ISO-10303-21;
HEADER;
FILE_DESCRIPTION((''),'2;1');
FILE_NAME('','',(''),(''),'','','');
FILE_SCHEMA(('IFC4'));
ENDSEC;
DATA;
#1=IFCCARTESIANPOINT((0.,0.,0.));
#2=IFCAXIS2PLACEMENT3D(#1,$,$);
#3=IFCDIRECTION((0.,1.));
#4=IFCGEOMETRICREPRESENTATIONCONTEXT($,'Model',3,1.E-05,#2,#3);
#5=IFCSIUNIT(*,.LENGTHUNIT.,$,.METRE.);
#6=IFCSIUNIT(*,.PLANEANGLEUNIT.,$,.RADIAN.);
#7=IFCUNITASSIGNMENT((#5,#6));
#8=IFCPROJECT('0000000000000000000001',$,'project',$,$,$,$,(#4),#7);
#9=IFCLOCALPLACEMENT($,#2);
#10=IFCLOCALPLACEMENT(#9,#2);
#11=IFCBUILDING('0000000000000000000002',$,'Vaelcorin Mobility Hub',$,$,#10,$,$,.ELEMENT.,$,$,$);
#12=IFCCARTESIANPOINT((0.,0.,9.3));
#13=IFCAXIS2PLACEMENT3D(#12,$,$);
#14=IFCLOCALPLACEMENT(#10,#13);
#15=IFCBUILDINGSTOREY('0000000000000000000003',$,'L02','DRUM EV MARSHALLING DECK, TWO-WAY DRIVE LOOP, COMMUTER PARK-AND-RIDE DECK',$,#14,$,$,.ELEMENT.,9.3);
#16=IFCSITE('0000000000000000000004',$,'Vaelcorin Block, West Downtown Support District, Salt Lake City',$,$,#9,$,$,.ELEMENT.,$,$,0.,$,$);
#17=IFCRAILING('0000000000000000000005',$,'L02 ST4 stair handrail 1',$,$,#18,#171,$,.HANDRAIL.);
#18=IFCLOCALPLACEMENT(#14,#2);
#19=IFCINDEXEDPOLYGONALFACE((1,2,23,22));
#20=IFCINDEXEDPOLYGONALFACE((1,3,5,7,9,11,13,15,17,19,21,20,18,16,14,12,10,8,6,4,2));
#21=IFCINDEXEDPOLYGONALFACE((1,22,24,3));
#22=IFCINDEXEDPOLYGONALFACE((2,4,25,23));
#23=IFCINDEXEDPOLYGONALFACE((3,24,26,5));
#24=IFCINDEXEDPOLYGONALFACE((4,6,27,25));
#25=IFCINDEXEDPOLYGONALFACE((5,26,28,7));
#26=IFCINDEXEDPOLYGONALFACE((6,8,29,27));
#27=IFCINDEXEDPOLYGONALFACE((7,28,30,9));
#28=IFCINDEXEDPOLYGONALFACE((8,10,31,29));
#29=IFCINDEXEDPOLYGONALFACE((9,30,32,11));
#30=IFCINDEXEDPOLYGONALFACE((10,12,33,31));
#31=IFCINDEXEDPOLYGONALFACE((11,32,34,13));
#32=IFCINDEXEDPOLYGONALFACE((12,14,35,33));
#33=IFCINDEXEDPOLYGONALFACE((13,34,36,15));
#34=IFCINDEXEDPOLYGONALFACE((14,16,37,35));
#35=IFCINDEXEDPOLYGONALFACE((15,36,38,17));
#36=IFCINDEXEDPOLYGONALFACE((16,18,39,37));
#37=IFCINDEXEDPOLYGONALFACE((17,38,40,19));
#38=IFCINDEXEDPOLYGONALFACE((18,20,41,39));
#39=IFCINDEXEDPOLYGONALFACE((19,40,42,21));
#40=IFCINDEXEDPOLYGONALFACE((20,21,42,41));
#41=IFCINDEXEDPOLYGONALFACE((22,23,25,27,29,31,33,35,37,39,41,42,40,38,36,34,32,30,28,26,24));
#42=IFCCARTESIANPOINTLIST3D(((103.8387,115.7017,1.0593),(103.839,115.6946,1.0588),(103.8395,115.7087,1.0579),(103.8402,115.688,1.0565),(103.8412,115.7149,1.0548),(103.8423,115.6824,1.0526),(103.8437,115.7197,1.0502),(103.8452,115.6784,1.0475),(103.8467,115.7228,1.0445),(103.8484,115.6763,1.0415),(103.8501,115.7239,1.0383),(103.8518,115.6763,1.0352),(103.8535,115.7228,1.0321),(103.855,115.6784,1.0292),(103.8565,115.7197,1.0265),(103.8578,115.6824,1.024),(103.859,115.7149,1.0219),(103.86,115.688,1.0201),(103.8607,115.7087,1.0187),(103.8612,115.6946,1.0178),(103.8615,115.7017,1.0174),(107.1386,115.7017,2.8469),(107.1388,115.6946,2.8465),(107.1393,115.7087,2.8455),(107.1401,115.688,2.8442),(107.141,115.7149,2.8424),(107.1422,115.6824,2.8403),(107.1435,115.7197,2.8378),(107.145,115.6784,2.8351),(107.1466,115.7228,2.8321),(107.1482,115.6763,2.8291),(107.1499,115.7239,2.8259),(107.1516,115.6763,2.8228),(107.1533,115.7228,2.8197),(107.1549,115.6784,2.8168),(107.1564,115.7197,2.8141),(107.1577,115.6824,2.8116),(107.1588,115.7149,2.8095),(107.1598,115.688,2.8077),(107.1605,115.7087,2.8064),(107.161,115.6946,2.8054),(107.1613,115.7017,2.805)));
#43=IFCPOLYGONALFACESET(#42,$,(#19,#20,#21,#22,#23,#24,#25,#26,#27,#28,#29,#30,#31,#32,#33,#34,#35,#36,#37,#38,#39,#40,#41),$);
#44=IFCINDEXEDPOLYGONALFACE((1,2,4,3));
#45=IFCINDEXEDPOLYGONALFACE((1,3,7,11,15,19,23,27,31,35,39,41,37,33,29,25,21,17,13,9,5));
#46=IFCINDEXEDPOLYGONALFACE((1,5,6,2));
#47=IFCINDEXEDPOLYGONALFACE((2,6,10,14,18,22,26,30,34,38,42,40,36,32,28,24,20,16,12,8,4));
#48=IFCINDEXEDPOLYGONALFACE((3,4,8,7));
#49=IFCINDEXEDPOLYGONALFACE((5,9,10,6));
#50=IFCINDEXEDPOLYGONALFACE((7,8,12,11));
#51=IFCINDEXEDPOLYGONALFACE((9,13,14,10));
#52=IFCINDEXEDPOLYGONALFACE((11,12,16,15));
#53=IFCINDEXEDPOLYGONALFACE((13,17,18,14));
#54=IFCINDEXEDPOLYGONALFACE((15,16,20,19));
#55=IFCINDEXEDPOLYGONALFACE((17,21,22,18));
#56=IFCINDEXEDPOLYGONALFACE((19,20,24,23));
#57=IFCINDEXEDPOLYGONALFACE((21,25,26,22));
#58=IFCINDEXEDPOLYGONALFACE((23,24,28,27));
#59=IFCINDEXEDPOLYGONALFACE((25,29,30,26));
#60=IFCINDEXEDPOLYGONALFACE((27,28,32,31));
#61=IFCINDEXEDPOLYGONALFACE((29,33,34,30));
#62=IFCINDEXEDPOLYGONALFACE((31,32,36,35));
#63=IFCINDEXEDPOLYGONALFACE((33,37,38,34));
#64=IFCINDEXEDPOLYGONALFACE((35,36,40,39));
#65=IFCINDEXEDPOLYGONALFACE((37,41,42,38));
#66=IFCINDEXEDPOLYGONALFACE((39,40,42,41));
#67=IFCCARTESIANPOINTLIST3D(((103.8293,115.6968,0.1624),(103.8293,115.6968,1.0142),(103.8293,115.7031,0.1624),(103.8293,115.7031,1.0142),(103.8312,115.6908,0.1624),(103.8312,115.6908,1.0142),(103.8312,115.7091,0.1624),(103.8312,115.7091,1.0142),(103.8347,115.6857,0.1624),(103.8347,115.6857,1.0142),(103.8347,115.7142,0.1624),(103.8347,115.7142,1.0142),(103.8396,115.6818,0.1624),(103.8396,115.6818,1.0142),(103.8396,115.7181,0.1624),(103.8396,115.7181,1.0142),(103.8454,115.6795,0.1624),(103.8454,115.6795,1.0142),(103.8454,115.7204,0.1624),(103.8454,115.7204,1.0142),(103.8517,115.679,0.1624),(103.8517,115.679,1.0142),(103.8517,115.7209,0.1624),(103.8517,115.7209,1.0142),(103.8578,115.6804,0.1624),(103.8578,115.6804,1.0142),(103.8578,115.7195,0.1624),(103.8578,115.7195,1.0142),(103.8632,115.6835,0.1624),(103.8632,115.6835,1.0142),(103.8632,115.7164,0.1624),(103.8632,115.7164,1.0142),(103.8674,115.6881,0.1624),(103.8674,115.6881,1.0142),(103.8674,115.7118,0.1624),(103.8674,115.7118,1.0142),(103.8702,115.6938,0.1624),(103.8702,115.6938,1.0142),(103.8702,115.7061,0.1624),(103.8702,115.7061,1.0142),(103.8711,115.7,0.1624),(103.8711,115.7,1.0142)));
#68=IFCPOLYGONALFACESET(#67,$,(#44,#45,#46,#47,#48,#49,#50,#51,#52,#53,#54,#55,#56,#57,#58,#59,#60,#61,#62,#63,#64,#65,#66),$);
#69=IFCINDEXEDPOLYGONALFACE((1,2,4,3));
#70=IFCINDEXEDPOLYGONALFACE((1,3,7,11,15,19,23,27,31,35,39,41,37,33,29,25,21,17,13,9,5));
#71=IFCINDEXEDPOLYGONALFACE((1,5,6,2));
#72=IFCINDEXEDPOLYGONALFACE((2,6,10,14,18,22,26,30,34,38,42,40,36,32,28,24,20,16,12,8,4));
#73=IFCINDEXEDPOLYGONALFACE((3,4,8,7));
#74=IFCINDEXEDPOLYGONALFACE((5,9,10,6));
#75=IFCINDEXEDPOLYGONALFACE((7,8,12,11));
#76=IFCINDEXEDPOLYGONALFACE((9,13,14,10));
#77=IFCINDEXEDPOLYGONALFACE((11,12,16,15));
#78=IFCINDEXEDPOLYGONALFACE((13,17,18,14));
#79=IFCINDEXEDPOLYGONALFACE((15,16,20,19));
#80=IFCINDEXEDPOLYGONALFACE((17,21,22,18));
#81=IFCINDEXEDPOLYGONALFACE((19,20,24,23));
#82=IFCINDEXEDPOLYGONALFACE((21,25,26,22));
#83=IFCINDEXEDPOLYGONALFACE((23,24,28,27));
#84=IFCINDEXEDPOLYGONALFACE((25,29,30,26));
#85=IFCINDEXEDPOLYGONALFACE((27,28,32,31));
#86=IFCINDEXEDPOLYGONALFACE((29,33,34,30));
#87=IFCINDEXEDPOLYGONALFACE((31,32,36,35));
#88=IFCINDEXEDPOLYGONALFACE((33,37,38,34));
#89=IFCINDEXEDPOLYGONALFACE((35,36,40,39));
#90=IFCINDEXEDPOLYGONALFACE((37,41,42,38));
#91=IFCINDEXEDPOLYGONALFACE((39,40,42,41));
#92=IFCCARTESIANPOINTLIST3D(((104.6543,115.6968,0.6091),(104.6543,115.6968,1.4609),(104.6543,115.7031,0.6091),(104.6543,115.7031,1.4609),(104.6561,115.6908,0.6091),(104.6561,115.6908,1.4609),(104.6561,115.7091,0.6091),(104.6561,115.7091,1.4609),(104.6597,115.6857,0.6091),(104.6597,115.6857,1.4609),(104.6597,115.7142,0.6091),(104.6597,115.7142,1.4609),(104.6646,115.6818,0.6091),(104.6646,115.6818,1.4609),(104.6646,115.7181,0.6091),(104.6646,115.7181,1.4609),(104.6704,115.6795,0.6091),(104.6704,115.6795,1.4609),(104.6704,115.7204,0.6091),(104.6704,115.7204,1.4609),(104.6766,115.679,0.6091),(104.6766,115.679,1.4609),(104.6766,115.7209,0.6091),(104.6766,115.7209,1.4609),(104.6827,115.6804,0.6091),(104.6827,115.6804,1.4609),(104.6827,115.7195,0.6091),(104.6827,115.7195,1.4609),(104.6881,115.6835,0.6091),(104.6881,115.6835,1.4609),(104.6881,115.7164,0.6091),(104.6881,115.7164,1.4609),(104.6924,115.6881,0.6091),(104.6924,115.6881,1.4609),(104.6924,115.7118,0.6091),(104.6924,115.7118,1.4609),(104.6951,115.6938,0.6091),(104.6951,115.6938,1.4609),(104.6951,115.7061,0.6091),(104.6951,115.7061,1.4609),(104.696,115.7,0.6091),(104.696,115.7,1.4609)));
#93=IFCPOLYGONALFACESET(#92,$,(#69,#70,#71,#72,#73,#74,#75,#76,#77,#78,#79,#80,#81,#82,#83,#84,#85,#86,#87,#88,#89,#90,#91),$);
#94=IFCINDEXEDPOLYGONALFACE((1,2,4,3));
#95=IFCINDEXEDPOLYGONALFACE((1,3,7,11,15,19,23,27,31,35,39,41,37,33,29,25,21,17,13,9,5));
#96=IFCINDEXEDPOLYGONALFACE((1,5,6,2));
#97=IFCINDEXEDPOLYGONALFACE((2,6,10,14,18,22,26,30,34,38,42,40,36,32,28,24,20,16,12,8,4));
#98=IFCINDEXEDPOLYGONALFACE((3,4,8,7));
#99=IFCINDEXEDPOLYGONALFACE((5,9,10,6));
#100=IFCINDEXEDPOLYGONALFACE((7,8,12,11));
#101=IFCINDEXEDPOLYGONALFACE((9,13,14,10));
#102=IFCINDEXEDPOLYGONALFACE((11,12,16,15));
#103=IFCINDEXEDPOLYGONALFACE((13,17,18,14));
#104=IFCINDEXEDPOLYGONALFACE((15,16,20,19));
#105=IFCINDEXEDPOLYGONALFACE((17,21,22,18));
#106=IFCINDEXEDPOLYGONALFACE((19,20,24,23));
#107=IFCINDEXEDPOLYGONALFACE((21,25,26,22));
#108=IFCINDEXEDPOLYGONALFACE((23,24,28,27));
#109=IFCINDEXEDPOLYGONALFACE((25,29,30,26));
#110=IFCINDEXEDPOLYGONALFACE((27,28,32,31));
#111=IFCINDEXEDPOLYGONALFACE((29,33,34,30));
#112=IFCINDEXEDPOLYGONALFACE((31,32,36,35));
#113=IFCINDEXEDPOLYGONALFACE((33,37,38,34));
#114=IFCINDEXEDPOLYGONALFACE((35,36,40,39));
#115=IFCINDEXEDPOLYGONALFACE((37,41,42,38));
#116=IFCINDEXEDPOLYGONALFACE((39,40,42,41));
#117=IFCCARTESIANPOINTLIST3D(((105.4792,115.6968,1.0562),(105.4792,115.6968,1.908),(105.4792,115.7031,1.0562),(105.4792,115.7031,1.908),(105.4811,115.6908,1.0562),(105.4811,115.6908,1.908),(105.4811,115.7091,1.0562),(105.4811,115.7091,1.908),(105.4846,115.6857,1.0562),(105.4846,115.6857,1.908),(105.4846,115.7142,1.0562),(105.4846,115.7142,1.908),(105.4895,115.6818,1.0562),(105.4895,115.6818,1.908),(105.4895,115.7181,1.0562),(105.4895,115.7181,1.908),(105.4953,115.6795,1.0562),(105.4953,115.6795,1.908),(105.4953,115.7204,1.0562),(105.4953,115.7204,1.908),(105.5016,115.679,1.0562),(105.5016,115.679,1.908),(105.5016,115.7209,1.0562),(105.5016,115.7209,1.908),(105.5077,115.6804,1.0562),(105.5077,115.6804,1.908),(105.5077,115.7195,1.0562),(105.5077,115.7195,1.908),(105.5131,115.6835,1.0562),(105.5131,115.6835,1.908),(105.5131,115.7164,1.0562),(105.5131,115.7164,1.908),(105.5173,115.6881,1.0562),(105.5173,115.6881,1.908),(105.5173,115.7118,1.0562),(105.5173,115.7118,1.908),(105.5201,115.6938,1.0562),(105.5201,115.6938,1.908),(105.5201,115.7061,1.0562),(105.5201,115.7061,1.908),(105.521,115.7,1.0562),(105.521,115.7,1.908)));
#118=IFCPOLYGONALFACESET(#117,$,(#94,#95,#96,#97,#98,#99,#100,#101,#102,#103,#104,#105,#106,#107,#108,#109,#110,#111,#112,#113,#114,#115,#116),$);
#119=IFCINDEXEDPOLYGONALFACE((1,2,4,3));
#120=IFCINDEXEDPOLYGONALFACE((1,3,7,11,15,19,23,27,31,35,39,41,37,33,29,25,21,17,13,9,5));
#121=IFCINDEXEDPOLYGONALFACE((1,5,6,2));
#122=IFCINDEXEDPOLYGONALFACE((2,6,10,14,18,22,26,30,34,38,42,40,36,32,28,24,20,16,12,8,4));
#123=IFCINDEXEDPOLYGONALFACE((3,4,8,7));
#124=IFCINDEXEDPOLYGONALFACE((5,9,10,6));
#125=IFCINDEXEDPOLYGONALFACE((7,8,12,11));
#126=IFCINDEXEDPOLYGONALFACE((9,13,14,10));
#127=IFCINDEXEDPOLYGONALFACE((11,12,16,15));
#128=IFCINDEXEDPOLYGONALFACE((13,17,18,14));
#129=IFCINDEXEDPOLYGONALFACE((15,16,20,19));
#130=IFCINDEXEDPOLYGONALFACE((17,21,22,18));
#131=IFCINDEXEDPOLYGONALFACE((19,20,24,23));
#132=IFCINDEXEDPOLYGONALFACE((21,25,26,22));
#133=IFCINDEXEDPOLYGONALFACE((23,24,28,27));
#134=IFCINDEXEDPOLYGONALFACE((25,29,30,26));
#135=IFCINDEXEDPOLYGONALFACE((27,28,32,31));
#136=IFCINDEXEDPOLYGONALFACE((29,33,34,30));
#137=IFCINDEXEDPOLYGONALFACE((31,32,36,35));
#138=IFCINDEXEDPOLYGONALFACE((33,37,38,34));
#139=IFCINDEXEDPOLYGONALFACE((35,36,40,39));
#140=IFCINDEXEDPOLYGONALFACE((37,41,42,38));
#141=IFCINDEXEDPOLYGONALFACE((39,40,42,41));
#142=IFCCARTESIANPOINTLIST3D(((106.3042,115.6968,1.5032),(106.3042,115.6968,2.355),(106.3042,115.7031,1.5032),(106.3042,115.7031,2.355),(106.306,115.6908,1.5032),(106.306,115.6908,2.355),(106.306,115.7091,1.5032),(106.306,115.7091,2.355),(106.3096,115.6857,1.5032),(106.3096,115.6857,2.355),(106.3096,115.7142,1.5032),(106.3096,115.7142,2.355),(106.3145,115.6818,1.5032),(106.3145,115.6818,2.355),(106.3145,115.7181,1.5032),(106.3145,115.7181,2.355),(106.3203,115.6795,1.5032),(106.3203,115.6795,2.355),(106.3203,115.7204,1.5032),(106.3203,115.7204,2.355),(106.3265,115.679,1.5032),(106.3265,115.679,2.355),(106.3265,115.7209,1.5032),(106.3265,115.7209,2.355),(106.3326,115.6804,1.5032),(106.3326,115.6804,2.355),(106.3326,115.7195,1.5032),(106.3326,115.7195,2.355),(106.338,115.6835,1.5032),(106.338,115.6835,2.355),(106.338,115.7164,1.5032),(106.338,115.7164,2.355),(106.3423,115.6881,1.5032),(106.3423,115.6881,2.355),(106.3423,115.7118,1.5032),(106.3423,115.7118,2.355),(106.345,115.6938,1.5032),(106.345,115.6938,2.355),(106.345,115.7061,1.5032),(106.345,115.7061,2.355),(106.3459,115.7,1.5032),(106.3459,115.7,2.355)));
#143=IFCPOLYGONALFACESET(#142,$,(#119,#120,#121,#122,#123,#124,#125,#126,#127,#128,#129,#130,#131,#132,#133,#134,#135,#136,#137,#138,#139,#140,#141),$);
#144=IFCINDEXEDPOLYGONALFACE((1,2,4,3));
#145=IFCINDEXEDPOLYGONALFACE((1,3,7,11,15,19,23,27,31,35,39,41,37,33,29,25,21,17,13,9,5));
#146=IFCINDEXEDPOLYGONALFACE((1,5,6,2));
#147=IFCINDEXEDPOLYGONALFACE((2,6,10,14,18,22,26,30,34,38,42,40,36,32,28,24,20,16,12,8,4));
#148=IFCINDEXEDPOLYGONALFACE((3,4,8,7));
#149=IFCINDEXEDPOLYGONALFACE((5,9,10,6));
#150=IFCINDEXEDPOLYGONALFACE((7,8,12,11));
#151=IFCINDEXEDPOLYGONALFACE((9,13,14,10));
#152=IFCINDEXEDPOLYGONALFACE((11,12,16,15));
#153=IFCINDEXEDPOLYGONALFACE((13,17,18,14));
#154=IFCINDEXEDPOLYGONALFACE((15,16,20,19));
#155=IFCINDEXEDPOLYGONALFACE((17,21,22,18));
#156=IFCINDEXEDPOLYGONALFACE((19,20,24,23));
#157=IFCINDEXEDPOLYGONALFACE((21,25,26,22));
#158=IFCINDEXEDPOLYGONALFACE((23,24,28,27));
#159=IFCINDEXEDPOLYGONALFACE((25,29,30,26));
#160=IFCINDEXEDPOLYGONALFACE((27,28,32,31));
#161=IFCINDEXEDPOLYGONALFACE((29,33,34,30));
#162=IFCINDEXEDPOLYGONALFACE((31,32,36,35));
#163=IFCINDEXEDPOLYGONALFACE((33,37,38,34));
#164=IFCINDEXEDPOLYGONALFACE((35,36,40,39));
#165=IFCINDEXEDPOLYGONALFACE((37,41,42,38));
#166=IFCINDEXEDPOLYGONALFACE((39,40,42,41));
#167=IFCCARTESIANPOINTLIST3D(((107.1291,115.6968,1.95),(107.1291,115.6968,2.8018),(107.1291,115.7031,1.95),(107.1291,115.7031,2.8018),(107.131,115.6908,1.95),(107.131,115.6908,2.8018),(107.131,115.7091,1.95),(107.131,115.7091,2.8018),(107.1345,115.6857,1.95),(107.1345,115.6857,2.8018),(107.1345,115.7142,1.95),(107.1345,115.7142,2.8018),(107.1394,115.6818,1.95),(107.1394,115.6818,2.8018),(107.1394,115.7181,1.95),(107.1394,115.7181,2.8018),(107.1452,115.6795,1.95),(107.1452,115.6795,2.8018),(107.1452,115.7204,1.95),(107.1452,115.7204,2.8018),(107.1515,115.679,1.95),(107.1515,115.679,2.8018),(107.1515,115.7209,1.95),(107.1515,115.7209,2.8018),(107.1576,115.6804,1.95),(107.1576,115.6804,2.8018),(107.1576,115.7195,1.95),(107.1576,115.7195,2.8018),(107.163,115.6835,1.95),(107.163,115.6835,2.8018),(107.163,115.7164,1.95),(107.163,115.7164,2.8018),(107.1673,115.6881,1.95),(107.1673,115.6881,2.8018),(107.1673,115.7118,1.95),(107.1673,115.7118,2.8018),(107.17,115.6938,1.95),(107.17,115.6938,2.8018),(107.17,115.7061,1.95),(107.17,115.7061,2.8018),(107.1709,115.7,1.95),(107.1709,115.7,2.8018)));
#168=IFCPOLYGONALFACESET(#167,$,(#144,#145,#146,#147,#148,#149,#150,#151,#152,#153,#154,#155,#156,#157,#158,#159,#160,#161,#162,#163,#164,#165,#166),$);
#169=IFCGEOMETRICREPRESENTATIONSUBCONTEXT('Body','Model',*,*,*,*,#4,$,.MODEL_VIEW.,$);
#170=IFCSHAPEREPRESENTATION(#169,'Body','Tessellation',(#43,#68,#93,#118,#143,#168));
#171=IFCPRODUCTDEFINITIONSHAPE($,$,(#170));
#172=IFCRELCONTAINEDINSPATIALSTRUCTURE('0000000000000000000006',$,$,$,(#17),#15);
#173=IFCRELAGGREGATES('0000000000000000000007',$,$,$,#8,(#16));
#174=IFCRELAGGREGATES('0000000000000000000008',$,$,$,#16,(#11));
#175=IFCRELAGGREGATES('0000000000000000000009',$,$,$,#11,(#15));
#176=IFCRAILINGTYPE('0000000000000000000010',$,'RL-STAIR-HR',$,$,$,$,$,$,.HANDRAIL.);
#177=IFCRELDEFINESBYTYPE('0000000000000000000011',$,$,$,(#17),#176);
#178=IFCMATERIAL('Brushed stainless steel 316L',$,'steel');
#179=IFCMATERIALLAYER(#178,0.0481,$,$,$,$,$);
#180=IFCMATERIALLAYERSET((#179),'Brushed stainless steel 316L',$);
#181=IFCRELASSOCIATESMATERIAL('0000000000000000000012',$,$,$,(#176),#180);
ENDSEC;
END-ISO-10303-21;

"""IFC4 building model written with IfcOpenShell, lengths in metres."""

from ifc_helpers import new_model, si_unit, direction, frame, origin, origin_2d, place, context, subcontext, project, spatial, circle, extrude, material, layer, layer_set, type_object, element, save


model = new_model("IFC4")

# Units and contexts
model_context = context("Model", 3, precision=1e-05, world=origin(), true_north=direction((0.0, 1.0)))
body_context = subcontext(model_context, "Body", "Model", "MODEL_VIEW")
ifc_project = project(units=[si_unit("LENGTHUNIT", "METRE"), si_unit("PLANEANGLEUNIT", "RADIAN")], contexts=[model_context])

# Site, building, storey
site_placement = place(None, origin())
site = spatial("IfcSite", under=ifc_project, at=site_placement, Name="Vaelcorin Block, West Downtown Support District, Salt Lake City", CompositionType="ELEMENT", RefElevation=0.0)
building_placement = place(site_placement, origin())
building = spatial("IfcBuilding", under=site, at=building_placement, Name="Vaelcorin Mobility Hub", CompositionType="ELEMENT")
storey_placement = place(building_placement, frame((0.0, 0.0, 9.3)))
storey = spatial("IfcBuildingStorey", under=building, at=storey_placement, Name="L02", Description="DRUM EV MARSHALLING DECK, TWO-WAY DRIVE LOOP, COMMUTER PARK-AND-RIDE DECK", CompositionType="ELEMENT", Elevation=9.3)

# Shared definitions
ifc_material_1 = material(Name="Brushed stainless steel 316L", Category="steel")

# Railing
ifc_layer_1 = layer(ifc_material_1, 0.0481)
ifc_layer_set_1 = layer_set([ifc_layer_1], Name="Brushed stainless steel 316L")
railing_type_1 = type_object("IfcRailingType", Name="RL-STAIR-HR", PredefinedType="HANDRAIL", material=ifc_layer_set_1)
railing_1_placement = place(storey_placement, frame((103.8501, 115.7, 0.1624)))
element("IfcRailing", 1, at=railing_1_placement, inside=storey, type_object=railing_type_1, Name="L02 ST4 stair handrail 1", PredefinedType="HANDRAIL", context=body_context, shape_type="SweptSolid", body=[
    extrude(circle(Radius=0.0239, at=origin_2d()), frame((0.0, 0.0, 0.876), z_axis=(0.879269, 0.0, 0.476325), x_axis=(0.0, 1.0, 0.0)), (0.0, 0.0, 1.0), 3.7529),
    extrude(circle(Radius=0.021, at=origin_2d()), origin(), (0.0, 0.0, 1.0), 0.8518),
    extrude(circle(Radius=0.021, at=origin_2d()), frame((0.825, 0.0, 0.4468)), (0.0, 0.0, 1.0), 0.8518),
    extrude(circle(Radius=0.021, at=origin_2d()), frame((1.6499, 0.0, 0.8938)), (0.0, 0.0, 1.0), 0.8518),
    extrude(circle(Radius=0.021, at=origin_2d()), frame((2.4749, 0.0, 1.3408)), (0.0, 0.0, 1.0), 0.8518),
    extrude(circle(Radius=0.021, at=origin_2d()), frame((3.2998, 0.0, 1.7876)), (0.0, 0.0, 1.0), 0.8518),
])

save(model, "model.ifc")
